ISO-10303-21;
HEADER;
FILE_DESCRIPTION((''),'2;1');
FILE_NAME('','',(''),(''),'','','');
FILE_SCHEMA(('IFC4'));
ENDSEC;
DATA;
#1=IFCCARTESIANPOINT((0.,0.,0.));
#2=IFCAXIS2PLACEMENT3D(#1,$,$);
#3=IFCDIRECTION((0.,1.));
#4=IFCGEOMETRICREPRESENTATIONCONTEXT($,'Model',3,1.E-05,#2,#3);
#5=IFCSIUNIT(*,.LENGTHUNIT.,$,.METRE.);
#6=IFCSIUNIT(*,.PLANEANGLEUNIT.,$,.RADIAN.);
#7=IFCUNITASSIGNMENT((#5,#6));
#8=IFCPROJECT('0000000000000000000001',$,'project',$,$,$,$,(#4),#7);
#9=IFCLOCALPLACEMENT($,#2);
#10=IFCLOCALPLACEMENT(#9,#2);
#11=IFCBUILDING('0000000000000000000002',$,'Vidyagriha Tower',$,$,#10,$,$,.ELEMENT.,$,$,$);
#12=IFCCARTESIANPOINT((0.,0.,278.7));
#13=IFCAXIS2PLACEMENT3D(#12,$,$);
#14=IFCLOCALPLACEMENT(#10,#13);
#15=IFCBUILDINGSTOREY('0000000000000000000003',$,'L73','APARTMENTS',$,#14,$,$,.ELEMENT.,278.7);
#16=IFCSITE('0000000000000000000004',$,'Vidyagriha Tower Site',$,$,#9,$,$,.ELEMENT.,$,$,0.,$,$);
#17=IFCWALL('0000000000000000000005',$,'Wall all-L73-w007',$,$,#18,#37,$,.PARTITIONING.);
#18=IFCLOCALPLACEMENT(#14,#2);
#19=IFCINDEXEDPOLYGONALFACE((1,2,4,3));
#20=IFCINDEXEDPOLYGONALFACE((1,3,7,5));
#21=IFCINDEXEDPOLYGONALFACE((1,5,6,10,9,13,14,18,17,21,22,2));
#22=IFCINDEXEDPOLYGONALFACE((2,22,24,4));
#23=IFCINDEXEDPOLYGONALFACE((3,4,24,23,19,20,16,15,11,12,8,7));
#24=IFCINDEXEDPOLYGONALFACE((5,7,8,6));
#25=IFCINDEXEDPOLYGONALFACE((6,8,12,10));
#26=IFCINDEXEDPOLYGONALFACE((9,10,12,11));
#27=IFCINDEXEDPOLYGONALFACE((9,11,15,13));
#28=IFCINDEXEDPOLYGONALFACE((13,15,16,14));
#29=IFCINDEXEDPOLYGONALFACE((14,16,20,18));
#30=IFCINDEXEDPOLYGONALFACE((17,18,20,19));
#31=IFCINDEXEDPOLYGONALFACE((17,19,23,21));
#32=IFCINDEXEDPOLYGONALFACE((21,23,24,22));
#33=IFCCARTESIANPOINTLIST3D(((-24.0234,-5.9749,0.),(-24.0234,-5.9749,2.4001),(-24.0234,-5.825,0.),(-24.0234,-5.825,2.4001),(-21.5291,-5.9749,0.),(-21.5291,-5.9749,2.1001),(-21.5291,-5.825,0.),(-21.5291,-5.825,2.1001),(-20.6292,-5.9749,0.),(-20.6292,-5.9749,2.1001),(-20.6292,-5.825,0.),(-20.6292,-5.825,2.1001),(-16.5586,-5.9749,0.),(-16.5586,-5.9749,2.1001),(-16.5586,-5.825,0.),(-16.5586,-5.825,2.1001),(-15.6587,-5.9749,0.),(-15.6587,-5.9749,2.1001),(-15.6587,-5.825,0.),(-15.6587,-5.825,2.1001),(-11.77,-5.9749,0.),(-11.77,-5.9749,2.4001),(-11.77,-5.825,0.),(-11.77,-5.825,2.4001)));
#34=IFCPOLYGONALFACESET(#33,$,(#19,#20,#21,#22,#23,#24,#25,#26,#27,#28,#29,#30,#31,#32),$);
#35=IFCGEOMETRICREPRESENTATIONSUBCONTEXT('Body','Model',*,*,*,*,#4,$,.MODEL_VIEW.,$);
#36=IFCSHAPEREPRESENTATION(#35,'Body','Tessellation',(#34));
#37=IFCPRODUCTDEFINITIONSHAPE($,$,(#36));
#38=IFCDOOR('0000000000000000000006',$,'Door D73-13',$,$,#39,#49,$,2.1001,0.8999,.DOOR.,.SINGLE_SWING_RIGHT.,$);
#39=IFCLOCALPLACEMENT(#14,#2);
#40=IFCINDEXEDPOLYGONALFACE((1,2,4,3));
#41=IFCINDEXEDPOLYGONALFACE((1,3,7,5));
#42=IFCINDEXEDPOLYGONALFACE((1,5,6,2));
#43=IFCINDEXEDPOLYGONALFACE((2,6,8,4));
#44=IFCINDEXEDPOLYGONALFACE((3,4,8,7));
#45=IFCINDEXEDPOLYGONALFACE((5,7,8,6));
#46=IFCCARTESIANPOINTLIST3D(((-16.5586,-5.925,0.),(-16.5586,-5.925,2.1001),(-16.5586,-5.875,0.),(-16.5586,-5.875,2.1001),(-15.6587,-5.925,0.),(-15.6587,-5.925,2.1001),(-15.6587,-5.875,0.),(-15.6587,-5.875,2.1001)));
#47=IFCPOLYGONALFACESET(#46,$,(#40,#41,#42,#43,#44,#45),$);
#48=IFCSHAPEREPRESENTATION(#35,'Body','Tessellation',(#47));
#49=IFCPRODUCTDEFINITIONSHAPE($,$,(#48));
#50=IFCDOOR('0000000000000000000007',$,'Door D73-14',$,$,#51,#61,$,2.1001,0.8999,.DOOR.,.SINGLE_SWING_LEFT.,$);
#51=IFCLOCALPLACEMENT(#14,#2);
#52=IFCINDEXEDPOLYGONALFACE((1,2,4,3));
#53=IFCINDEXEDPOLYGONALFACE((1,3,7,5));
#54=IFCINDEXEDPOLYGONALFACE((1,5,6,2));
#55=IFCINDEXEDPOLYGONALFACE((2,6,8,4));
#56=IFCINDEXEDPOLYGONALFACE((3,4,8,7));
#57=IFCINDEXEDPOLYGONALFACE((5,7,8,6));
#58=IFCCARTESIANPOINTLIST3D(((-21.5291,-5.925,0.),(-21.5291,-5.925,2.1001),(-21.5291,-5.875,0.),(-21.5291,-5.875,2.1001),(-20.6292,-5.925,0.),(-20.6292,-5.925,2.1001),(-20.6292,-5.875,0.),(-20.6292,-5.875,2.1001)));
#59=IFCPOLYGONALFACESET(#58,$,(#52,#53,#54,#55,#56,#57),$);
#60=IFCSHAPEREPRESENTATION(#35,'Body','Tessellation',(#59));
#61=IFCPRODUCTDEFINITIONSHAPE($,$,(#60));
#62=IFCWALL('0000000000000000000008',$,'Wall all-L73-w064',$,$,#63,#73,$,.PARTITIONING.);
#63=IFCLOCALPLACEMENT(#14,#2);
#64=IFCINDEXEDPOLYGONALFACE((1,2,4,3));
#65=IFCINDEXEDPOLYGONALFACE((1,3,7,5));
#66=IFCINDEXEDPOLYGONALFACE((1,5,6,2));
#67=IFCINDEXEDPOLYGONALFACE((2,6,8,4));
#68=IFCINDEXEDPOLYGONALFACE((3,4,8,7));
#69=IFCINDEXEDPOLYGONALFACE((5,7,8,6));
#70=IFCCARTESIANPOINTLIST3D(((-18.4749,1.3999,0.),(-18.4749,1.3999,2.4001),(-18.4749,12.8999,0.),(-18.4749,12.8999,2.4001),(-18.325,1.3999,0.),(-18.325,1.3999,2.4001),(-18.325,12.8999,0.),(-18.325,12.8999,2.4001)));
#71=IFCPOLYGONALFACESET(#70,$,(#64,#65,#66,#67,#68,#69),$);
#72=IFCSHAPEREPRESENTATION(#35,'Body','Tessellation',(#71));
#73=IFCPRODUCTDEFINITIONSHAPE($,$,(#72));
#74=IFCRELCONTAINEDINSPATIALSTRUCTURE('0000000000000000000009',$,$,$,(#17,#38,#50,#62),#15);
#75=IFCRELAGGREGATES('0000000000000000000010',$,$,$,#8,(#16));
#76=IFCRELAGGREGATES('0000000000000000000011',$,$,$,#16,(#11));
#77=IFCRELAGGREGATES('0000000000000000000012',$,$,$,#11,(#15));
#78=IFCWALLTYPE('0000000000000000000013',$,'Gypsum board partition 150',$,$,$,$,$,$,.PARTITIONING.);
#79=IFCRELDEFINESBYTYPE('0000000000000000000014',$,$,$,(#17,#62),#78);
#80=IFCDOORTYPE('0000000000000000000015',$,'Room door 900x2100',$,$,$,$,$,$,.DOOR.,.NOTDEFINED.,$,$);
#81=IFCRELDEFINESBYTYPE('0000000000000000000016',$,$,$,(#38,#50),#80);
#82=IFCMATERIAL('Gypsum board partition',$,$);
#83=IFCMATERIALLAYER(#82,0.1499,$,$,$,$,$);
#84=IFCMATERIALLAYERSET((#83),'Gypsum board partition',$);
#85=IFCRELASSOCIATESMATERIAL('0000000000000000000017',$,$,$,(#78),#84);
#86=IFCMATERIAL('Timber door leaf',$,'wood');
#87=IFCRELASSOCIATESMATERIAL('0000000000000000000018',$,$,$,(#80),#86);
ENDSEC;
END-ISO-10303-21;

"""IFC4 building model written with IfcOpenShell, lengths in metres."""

from ifc_helpers import new_model, si_unit, direction, frame, frame_2d, origin, place, context, subcontext, project, spatial, rectangle, extrude, material, layer, layer_set, type_object, element, fill, save


model = new_model("IFC4")

# Units and contexts
model_context = context("Model", 3, precision=1e-05, world=origin(), true_north=direction((0.0, 1.0)))
body_context = subcontext(model_context, "Body", "Model", "MODEL_VIEW")
ifc_project = project(units=[si_unit("LENGTHUNIT", "METRE"), si_unit("PLANEANGLEUNIT", "RADIAN")], contexts=[model_context])

# Site, building, storey
site_placement = place(None, origin())
site = spatial("IfcSite", under=ifc_project, at=site_placement, Name="Vidyagriha Tower Site", CompositionType="ELEMENT", RefElevation=0.0)
building_placement = place(site_placement, origin())
building = spatial("IfcBuilding", under=site, at=building_placement, Name="Vidyagriha Tower", CompositionType="ELEMENT")
storey_placement = place(building_placement, frame((0.0, 0.0, 278.7)))
storey = spatial("IfcBuildingStorey", under=building, at=storey_placement, Name="L73", Description="APARTMENTS", CompositionType="ELEMENT", Elevation=278.7)

# Shared definitions
ifc_material_1 = material(Name="Gypsum board partition")
ifc_layer_1 = layer(ifc_material_1, 0.1499)
ifc_layer_set_1 = layer_set([ifc_layer_1], Name="Gypsum board partition")
wall_type_1 = type_object("IfcWallType", Name="Gypsum board partition 150", PredefinedType="PARTITIONING", material=ifc_layer_set_1)

# Wall, openings, doors
wall_1_placement = place(storey_placement, frame((-24.0234, -5.8999, 0.0)))
wall_1 = element("IfcWall", 1, at=wall_1_placement, inside=storey, type_object=wall_type_1, Name="Wall all-L73-w007", PredefinedType="PARTITIONING", context=body_context, shape_type="SweptSolid", body=[
    extrude(rectangle(XDim=12.2534, YDim=0.1499, at=frame_2d((6.1267, 0.0))), origin(), (0.0, 0.0, 1.0), 2.4001),
])
opening_1_placement = place(wall_1_placement, frame((7.4648, 0.0, 0.0)))
opening_1 = element("IfcOpeningElement", 2, at=opening_1_placement, cuts=wall_1, PredefinedType="OPENING", context=body_context, shape_type="SweptSolid", body=[
    extrude(rectangle(XDim=0.8999, YDim=2.1001, at=frame_2d((0.45, 1.05))), frame((0.0, 0.085, 0.0), z_axis=(0.0, -1.0, 0.0), x_axis=(1.0, 0.0, 0.0)), (0.0, 0.0, 1.0), 0.1699),
])
opening_2_placement = place(wall_1_placement, frame((2.4944, 0.0, 0.0)))
opening_2 = element("IfcOpeningElement", 3, at=opening_2_placement, cuts=wall_1, PredefinedType="OPENING", context=body_context, shape_type="SweptSolid", body=[
    extrude(rectangle(XDim=0.8999, YDim=2.1001, at=frame_2d((0.45, 1.05))), frame((0.0, 0.085, 0.0), z_axis=(0.0, -1.0, 0.0), x_axis=(1.0, 0.0, 0.0)), (0.0, 0.0, 1.0), 0.1699),
])
ifc_material_2 = material(Name="Timber door leaf", Category="wood")
door_type_1 = type_object("IfcDoorType", Name="Room door 900x2100", OperationType="NOTDEFINED", PredefinedType="DOOR", material=ifc_material_2)
door_1_placement = place(opening_1_placement, origin())
door_1 = element("IfcDoor", 4, at=door_1_placement, inside=storey, type_object=door_type_1, Name="Door D73-13", OperationType="SINGLE_SWING_RIGHT", OverallHeight=2.1001, OverallWidth=0.8999, PredefinedType="DOOR", context=body_context, shape_type="SweptSolid", body=[
    extrude(rectangle(XDim=0.8999, YDim=2.1001, at=frame_2d((0.45, 1.05))), frame((0.0, 0.0249, 0.0), z_axis=(0.0, -1.0, 0.0), x_axis=(1.0, 0.0, 0.0)), (0.0, 0.0, 1.0), 0.05),
])
fill(opening_1, door_1)
door_2_placement = place(opening_2_placement, origin())
door_2 = element("IfcDoor", 5, at=door_2_placement, inside=storey, type_object=door_type_1, Name="Door D73-14", OperationType="SINGLE_SWING_LEFT", OverallHeight=2.1001, OverallWidth=0.8999, PredefinedType="DOOR", context=body_context, shape_type="SweptSolid", body=[
    extrude(rectangle(XDim=0.8999, YDim=2.1001, at=frame_2d((0.45, 1.05))), frame((0.0, 0.0249, 0.0), z_axis=(0.0, -1.0, 0.0), x_axis=(1.0, 0.0, 0.0)), (0.0, 0.0, 1.0), 0.05),
])
fill(opening_2, door_2)

# Wall
wall_2_placement = place(storey_placement, frame((-18.3999, 1.3999, 0.0), z_axis=(0.0, 0.0, 1.0), x_axis=(0.0, 1.0, 0.0)))
element("IfcWall", 6, at=wall_2_placement, inside=storey, type_object=wall_type_1, Name="Wall all-L73-w064", PredefinedType="PARTITIONING", context=body_context, shape_type="SweptSolid", body=[
    extrude(rectangle(XDim=11.5, YDim=0.1499, at=frame_2d((5.75, 0.0))), origin(), (0.0, 0.0, 1.0), 2.4001),
])

save(model, "model.ifc")
